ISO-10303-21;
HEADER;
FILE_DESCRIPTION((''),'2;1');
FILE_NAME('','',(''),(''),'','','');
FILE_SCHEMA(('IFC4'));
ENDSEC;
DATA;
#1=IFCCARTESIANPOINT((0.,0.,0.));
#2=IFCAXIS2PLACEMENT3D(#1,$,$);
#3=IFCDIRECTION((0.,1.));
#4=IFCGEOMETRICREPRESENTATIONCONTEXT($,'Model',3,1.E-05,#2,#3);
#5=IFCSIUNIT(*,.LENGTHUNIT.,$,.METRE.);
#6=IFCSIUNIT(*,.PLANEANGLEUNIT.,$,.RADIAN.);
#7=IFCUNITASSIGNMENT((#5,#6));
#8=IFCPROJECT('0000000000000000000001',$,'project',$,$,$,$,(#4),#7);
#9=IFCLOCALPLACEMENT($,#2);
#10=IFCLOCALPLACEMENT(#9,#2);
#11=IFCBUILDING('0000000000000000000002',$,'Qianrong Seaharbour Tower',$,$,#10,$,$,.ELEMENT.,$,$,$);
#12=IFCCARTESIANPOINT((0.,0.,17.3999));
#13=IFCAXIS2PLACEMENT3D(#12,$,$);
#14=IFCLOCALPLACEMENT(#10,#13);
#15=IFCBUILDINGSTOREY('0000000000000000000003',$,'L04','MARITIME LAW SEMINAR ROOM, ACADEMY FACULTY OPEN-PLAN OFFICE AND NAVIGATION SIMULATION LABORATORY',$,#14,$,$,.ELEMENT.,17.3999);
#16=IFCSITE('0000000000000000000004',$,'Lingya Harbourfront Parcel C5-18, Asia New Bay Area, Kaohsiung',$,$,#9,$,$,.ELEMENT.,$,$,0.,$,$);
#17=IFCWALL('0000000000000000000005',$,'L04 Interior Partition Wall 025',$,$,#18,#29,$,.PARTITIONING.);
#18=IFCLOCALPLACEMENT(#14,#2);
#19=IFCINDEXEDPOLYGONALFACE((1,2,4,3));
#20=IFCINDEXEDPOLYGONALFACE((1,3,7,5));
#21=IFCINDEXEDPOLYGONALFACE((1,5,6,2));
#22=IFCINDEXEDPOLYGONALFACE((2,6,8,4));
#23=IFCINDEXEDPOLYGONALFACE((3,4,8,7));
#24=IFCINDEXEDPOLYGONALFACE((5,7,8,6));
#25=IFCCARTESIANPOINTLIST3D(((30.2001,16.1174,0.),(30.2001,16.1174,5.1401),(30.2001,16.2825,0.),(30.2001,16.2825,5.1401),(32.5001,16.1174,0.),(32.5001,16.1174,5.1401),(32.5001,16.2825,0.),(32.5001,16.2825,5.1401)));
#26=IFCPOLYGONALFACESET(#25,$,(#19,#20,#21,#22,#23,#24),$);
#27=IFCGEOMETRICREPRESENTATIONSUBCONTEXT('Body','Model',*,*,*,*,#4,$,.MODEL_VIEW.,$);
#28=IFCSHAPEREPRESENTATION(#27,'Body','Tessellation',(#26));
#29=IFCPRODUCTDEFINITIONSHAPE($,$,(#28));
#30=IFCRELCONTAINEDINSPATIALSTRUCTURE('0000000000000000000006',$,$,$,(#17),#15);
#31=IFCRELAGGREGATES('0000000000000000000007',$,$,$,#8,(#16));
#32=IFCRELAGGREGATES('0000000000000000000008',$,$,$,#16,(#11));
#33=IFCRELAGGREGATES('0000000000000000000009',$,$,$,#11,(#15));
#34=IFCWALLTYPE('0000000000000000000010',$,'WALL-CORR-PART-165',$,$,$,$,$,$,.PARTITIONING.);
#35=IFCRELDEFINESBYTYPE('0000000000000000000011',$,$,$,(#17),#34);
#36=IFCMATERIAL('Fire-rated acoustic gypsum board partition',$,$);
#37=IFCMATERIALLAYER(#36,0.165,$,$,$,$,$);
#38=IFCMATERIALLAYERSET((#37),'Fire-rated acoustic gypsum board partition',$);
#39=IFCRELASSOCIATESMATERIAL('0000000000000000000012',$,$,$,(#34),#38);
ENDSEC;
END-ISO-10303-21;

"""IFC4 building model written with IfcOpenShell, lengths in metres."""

from ifc_helpers import new_model, si_unit, direction, frame, frame_2d, origin, place, context, subcontext, project, spatial, rectangle, extrude, material, layer, layer_set, type_object, element, save


model = new_model("IFC4")

# Units and contexts
model_context = context("Model", 3, precision=1e-05, world=origin(), true_north=direction((0.0, 1.0)))
body_context = subcontext(model_context, "Body", "Model", "MODEL_VIEW")
ifc_project = project(units=[si_unit("LENGTHUNIT", "METRE"), si_unit("PLANEANGLEUNIT", "RADIAN")], contexts=[model_context])

# Site, building, storey
site_placement = place(None, origin())
site = spatial("IfcSite", under=ifc_project, at=site_placement, Name="Lingya Harbourfront Parcel C5-18, Asia New Bay Area, Kaohsiung", CompositionType="ELEMENT", RefElevation=0.0)
building_placement = place(site_placement, origin())
building = spatial("IfcBuilding", under=site, at=building_placement, Name="Qianrong Seaharbour Tower", CompositionType="ELEMENT")
storey_placement = place(building_placement, frame((0.0, 0.0, 17.3999)))
storey = spatial("IfcBuildingStorey", under=building, at=storey_placement, Name="L04", Description="MARITIME LAW SEMINAR ROOM, ACADEMY FACULTY OPEN-PLAN OFFICE AND NAVIGATION SIMULATION LABORATORY", CompositionType="ELEMENT", Elevation=17.3999)

# Wall
ifc_material_1 = material(Name="Fire-rated acoustic gypsum board partition")
ifc_layer = layer(ifc_material_1, 0.165)
ifc_layer_set = layer_set([ifc_layer], Name="Fire-rated acoustic gypsum board partition")
wall_type = type_object("IfcWallType", Name="WALL-CORR-PART-165", PredefinedType="PARTITIONING", material=ifc_layer_set)
wall_placement = place(storey_placement, frame((32.5, 16.2, 0.0), z_axis=(0.0, 0.0, 1.0), x_axis=(-1.0, 0.0, 0.0)))
element("IfcWall", 1, at=wall_placement, inside=storey, type_object=wall_type, Name="L04 Interior Partition Wall 025", PredefinedType="PARTITIONING", context=body_context, shape_type="SweptSolid", body=[
    extrude(rectangle(XDim=2.3, YDim=0.165, at=frame_2d((1.1499, 0.0))), origin(), (0.0, 0.0, 1.0), 5.1401),
])

save(model, "model.ifc")
